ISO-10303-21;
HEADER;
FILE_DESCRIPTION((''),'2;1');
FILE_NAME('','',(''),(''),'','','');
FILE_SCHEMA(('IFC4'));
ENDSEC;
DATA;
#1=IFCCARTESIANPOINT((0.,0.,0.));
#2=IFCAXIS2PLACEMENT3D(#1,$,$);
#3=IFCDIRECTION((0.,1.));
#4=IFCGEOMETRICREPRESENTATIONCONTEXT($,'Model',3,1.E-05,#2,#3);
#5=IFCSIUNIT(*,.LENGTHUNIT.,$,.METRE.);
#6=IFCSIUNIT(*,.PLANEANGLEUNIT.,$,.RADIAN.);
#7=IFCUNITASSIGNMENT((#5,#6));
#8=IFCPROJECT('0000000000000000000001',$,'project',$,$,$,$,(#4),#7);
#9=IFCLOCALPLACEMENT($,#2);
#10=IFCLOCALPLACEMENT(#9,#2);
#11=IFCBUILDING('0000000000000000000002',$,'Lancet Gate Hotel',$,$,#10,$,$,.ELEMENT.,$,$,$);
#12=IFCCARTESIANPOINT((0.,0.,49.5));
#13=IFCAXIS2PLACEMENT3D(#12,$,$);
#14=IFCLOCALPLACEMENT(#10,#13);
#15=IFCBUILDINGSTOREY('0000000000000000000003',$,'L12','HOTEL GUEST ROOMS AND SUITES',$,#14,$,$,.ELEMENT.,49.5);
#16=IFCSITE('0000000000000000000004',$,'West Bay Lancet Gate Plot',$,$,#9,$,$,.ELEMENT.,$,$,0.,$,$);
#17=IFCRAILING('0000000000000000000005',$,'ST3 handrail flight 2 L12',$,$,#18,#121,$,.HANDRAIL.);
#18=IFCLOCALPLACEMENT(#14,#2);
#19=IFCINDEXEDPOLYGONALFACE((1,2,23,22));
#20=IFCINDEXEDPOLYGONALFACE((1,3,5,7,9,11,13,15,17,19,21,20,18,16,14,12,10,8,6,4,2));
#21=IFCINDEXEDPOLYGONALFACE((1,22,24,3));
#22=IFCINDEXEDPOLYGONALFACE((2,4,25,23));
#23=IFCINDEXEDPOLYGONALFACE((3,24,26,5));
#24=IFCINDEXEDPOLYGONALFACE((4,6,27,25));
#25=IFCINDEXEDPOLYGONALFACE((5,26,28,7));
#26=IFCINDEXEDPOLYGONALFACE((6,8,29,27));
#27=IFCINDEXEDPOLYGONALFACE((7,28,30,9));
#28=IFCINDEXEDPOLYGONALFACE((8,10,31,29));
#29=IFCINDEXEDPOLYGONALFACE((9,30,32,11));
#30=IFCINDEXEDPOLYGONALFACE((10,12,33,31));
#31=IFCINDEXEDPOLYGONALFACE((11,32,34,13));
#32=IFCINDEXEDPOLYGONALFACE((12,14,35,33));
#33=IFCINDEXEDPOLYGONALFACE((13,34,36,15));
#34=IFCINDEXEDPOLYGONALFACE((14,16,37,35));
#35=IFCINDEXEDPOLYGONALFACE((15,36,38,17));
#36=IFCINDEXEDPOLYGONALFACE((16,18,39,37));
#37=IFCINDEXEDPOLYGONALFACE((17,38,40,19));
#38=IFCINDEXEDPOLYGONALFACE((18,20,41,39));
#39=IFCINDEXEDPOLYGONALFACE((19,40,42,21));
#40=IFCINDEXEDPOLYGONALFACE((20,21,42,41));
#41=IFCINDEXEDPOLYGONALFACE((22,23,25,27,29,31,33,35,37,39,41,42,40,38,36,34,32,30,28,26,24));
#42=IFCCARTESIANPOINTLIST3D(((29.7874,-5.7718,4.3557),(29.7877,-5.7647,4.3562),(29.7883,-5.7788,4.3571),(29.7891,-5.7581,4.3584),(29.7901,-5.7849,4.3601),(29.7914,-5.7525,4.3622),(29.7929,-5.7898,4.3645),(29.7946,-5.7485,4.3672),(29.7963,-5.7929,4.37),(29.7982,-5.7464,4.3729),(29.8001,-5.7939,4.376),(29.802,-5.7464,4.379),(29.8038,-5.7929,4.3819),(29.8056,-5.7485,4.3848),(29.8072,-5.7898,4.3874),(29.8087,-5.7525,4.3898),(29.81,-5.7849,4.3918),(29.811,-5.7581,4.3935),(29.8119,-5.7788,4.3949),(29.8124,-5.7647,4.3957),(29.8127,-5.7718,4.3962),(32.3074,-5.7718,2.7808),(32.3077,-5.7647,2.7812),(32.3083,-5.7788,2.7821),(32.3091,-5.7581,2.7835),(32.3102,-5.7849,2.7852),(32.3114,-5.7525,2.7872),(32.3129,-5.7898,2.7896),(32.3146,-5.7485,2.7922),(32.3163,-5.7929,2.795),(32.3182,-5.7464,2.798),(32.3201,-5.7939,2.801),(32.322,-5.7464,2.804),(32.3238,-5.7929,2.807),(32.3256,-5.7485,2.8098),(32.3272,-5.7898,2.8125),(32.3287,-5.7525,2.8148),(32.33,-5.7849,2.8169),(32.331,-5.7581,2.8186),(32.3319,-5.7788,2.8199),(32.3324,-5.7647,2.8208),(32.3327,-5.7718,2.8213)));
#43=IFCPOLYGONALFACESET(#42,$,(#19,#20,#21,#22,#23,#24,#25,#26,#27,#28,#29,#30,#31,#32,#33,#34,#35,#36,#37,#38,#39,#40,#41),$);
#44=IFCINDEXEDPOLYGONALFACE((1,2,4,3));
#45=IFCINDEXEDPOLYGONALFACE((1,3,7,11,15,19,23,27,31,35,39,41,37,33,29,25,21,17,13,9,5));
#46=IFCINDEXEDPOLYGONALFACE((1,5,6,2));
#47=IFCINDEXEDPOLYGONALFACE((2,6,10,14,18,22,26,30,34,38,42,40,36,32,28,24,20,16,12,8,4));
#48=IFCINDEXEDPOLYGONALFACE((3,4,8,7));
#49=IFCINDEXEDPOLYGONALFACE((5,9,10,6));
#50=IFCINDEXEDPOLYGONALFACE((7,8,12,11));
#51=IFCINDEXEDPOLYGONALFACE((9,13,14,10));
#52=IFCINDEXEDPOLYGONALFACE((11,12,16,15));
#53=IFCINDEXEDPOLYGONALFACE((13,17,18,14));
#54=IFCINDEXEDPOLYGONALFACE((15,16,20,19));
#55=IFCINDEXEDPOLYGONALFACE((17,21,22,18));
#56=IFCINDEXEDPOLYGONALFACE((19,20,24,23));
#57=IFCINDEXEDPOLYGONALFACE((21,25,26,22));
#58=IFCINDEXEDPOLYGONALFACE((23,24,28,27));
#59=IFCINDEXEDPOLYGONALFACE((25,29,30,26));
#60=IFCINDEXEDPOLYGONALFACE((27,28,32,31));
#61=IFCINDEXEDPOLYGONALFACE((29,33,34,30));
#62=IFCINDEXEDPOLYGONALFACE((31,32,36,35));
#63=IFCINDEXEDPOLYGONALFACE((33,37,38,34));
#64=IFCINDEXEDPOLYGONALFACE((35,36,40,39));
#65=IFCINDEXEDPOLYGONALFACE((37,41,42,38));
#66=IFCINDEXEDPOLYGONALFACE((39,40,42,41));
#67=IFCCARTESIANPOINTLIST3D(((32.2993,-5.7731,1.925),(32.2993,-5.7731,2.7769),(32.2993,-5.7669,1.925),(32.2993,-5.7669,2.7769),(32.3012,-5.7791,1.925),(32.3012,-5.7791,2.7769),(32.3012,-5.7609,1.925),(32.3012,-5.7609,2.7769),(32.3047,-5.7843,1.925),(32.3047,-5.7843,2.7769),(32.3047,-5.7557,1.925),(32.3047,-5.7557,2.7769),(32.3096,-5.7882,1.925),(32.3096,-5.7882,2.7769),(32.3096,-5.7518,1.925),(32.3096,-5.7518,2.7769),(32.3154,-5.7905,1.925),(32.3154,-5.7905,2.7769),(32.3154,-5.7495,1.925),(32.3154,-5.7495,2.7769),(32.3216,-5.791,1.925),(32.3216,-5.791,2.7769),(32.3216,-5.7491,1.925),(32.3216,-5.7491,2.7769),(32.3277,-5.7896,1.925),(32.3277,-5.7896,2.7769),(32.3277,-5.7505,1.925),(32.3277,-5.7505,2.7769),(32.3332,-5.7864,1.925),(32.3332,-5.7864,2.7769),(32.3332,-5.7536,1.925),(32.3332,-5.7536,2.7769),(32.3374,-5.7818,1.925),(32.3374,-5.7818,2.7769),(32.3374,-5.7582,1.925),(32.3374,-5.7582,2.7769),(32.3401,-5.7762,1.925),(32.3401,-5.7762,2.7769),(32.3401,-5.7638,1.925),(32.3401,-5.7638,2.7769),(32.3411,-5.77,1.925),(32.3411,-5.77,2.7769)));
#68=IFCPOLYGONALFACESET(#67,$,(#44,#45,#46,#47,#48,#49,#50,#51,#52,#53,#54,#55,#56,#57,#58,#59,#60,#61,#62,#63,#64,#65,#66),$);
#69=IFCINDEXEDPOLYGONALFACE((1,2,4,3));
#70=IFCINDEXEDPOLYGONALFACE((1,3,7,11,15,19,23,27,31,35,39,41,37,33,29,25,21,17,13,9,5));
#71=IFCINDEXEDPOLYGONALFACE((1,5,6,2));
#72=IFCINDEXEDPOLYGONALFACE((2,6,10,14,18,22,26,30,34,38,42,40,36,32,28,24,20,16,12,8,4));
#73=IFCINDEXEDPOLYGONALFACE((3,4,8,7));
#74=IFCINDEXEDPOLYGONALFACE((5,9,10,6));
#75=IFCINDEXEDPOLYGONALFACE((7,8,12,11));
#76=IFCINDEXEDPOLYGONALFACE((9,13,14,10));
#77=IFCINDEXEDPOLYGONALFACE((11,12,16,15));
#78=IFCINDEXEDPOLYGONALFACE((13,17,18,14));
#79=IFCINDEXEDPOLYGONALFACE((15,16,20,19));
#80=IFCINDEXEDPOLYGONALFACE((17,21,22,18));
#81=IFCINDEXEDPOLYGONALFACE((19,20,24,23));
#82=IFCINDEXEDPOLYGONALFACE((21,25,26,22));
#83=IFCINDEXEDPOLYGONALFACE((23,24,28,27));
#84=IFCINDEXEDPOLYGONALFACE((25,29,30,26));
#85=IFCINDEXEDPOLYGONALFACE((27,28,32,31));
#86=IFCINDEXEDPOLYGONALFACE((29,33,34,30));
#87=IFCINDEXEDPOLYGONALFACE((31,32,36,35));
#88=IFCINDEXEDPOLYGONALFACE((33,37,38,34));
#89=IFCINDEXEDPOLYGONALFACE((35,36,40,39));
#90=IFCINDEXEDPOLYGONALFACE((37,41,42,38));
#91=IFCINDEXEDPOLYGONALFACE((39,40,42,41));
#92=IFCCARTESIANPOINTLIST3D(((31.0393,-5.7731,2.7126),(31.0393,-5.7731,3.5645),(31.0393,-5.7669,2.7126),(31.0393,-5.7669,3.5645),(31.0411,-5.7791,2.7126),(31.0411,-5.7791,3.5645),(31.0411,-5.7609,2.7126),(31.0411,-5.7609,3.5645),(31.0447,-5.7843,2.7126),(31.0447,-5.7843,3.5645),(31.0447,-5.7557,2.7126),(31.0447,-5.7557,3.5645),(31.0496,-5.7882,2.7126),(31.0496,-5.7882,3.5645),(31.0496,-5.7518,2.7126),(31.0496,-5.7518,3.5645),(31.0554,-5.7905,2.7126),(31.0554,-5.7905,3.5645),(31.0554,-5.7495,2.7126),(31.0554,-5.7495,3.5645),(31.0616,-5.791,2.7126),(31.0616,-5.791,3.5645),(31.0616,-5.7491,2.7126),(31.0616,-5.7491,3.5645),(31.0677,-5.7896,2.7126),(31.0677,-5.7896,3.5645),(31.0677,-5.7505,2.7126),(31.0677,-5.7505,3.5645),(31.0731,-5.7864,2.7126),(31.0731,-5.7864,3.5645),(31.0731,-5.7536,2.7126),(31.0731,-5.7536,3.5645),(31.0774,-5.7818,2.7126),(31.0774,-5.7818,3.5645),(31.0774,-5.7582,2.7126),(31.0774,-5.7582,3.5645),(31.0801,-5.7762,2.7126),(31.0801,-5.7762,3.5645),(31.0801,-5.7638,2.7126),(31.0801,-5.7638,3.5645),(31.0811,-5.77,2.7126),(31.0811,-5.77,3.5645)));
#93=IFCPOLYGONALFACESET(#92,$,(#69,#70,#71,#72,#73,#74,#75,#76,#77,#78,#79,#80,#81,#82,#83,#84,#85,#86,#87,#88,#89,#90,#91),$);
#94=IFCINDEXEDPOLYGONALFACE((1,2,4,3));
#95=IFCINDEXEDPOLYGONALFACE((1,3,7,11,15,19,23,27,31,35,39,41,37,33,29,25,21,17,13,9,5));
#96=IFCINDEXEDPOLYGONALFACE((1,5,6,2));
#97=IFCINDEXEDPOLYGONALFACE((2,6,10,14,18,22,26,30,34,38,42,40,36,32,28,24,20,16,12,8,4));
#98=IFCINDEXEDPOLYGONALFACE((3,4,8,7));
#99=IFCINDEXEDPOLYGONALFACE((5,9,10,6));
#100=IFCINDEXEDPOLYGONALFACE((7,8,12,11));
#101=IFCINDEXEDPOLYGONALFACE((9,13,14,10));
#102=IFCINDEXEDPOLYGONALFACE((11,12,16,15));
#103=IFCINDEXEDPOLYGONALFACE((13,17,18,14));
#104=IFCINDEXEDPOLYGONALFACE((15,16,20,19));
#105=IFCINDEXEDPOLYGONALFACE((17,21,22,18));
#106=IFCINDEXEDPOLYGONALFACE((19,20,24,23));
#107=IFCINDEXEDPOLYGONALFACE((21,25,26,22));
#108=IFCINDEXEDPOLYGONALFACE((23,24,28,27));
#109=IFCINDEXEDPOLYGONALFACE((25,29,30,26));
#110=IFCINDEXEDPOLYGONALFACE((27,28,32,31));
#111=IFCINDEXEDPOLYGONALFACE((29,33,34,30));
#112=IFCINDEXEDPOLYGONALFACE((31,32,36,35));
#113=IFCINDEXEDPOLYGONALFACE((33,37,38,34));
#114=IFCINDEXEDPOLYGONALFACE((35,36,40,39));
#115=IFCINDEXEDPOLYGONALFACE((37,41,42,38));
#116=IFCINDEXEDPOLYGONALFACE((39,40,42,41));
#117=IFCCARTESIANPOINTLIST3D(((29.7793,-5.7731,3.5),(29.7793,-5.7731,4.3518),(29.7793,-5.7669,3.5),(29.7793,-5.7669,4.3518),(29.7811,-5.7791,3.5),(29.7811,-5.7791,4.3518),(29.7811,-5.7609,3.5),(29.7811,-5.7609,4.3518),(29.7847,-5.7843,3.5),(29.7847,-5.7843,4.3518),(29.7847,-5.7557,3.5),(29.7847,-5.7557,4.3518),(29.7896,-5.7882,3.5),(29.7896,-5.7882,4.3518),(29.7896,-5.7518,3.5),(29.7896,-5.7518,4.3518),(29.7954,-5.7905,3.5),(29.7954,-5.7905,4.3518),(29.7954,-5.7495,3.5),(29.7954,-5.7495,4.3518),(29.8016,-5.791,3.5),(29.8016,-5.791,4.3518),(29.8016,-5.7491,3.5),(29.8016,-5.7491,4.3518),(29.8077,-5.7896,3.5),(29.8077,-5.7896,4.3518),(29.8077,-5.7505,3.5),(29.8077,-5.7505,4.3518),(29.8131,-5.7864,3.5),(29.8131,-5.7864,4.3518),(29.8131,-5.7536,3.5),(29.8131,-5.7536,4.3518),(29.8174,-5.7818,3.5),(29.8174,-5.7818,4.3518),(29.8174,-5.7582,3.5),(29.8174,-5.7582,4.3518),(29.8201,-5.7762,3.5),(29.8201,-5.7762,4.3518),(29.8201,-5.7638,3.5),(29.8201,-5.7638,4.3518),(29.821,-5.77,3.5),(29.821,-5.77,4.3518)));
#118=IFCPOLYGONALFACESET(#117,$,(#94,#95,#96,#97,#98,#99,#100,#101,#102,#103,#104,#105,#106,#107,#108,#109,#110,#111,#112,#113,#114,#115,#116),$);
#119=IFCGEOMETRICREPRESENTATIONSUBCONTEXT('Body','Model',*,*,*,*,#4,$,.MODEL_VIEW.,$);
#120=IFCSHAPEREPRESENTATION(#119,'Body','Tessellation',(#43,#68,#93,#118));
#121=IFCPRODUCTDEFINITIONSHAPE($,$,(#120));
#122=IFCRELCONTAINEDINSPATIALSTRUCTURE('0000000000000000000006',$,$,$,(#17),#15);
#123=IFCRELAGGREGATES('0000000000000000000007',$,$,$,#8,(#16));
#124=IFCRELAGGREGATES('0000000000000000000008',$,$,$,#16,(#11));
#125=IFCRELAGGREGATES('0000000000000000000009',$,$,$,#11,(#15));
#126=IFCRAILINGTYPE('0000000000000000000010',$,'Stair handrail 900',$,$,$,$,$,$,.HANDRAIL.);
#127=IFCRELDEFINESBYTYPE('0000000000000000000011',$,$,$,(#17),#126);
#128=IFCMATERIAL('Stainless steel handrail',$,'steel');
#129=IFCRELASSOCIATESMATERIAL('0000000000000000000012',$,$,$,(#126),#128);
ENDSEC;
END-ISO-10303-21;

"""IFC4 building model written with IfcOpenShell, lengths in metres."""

from ifc_helpers import new_model, si_unit, direction, frame, origin, origin_2d, place, context, subcontext, project, spatial, circle, extrude, material, type_object, element, save


model = new_model("IFC4")

# Units and contexts
model_context = context("Model", 3, precision=1e-05, world=origin(), true_north=direction((0.0, 1.0)))
body_context = subcontext(model_context, "Body", "Model", "MODEL_VIEW")
ifc_project = project(units=[si_unit("LENGTHUNIT", "METRE"), si_unit("PLANEANGLEUNIT", "RADIAN")], contexts=[model_context])

# Site, building, storey
site_placement = place(None, origin())
site = spatial("IfcSite", under=ifc_project, at=site_placement, Name="West Bay Lancet Gate Plot", CompositionType="ELEMENT", RefElevation=0.0)
building_placement = place(site_placement, origin())
building = spatial("IfcBuilding", under=site, at=building_placement, Name="Lancet Gate Hotel", CompositionType="ELEMENT")
storey_placement = place(building_placement, frame((0.0, 0.0, 49.5)))
storey = spatial("IfcBuildingStorey", under=building, at=storey_placement, Name="L12", Description="HOTEL GUEST ROOMS AND SUITES", CompositionType="ELEMENT", Elevation=49.5)

# Railing
ifc_material_1 = material(Name="Stainless steel handrail", Category="steel")
railing_type = type_object("IfcRailingType", Name="Stair handrail 900", PredefinedType="HANDRAIL", material=ifc_material_1)
railing_1_placement = place(storey_placement, frame((32.3201, -5.77, 1.925)))
element("IfcRailing", 1, at=railing_1_placement, inside=storey, type_object=railing_type, Name="ST3 handrail flight 2 L12", PredefinedType="HANDRAIL", context=body_context, shape_type="SweptSolid", body=[
    extrude(circle(Radius=0.0239, at=origin_2d()), frame((0.0, 0.0, 0.876), z_axis=(-0.848008, 0.0, 0.529984), x_axis=(0.0, -1.0, 0.0)), (0.0, 0.0, 1.0), 2.9717),
    extrude(circle(Radius=0.021, at=origin_2d()), origin(), (0.0, 0.0, 1.0), 0.8518),
    extrude(circle(Radius=0.021, at=origin_2d()), frame((-1.26, 0.0, 0.7876)), (0.0, 0.0, 1.0), 0.8518),
    extrude(circle(Radius=0.021, at=origin_2d()), frame((-2.52, 0.0, 1.575)), (0.0, 0.0, 1.0), 0.8518),
])

save(model, "model.ifc")
